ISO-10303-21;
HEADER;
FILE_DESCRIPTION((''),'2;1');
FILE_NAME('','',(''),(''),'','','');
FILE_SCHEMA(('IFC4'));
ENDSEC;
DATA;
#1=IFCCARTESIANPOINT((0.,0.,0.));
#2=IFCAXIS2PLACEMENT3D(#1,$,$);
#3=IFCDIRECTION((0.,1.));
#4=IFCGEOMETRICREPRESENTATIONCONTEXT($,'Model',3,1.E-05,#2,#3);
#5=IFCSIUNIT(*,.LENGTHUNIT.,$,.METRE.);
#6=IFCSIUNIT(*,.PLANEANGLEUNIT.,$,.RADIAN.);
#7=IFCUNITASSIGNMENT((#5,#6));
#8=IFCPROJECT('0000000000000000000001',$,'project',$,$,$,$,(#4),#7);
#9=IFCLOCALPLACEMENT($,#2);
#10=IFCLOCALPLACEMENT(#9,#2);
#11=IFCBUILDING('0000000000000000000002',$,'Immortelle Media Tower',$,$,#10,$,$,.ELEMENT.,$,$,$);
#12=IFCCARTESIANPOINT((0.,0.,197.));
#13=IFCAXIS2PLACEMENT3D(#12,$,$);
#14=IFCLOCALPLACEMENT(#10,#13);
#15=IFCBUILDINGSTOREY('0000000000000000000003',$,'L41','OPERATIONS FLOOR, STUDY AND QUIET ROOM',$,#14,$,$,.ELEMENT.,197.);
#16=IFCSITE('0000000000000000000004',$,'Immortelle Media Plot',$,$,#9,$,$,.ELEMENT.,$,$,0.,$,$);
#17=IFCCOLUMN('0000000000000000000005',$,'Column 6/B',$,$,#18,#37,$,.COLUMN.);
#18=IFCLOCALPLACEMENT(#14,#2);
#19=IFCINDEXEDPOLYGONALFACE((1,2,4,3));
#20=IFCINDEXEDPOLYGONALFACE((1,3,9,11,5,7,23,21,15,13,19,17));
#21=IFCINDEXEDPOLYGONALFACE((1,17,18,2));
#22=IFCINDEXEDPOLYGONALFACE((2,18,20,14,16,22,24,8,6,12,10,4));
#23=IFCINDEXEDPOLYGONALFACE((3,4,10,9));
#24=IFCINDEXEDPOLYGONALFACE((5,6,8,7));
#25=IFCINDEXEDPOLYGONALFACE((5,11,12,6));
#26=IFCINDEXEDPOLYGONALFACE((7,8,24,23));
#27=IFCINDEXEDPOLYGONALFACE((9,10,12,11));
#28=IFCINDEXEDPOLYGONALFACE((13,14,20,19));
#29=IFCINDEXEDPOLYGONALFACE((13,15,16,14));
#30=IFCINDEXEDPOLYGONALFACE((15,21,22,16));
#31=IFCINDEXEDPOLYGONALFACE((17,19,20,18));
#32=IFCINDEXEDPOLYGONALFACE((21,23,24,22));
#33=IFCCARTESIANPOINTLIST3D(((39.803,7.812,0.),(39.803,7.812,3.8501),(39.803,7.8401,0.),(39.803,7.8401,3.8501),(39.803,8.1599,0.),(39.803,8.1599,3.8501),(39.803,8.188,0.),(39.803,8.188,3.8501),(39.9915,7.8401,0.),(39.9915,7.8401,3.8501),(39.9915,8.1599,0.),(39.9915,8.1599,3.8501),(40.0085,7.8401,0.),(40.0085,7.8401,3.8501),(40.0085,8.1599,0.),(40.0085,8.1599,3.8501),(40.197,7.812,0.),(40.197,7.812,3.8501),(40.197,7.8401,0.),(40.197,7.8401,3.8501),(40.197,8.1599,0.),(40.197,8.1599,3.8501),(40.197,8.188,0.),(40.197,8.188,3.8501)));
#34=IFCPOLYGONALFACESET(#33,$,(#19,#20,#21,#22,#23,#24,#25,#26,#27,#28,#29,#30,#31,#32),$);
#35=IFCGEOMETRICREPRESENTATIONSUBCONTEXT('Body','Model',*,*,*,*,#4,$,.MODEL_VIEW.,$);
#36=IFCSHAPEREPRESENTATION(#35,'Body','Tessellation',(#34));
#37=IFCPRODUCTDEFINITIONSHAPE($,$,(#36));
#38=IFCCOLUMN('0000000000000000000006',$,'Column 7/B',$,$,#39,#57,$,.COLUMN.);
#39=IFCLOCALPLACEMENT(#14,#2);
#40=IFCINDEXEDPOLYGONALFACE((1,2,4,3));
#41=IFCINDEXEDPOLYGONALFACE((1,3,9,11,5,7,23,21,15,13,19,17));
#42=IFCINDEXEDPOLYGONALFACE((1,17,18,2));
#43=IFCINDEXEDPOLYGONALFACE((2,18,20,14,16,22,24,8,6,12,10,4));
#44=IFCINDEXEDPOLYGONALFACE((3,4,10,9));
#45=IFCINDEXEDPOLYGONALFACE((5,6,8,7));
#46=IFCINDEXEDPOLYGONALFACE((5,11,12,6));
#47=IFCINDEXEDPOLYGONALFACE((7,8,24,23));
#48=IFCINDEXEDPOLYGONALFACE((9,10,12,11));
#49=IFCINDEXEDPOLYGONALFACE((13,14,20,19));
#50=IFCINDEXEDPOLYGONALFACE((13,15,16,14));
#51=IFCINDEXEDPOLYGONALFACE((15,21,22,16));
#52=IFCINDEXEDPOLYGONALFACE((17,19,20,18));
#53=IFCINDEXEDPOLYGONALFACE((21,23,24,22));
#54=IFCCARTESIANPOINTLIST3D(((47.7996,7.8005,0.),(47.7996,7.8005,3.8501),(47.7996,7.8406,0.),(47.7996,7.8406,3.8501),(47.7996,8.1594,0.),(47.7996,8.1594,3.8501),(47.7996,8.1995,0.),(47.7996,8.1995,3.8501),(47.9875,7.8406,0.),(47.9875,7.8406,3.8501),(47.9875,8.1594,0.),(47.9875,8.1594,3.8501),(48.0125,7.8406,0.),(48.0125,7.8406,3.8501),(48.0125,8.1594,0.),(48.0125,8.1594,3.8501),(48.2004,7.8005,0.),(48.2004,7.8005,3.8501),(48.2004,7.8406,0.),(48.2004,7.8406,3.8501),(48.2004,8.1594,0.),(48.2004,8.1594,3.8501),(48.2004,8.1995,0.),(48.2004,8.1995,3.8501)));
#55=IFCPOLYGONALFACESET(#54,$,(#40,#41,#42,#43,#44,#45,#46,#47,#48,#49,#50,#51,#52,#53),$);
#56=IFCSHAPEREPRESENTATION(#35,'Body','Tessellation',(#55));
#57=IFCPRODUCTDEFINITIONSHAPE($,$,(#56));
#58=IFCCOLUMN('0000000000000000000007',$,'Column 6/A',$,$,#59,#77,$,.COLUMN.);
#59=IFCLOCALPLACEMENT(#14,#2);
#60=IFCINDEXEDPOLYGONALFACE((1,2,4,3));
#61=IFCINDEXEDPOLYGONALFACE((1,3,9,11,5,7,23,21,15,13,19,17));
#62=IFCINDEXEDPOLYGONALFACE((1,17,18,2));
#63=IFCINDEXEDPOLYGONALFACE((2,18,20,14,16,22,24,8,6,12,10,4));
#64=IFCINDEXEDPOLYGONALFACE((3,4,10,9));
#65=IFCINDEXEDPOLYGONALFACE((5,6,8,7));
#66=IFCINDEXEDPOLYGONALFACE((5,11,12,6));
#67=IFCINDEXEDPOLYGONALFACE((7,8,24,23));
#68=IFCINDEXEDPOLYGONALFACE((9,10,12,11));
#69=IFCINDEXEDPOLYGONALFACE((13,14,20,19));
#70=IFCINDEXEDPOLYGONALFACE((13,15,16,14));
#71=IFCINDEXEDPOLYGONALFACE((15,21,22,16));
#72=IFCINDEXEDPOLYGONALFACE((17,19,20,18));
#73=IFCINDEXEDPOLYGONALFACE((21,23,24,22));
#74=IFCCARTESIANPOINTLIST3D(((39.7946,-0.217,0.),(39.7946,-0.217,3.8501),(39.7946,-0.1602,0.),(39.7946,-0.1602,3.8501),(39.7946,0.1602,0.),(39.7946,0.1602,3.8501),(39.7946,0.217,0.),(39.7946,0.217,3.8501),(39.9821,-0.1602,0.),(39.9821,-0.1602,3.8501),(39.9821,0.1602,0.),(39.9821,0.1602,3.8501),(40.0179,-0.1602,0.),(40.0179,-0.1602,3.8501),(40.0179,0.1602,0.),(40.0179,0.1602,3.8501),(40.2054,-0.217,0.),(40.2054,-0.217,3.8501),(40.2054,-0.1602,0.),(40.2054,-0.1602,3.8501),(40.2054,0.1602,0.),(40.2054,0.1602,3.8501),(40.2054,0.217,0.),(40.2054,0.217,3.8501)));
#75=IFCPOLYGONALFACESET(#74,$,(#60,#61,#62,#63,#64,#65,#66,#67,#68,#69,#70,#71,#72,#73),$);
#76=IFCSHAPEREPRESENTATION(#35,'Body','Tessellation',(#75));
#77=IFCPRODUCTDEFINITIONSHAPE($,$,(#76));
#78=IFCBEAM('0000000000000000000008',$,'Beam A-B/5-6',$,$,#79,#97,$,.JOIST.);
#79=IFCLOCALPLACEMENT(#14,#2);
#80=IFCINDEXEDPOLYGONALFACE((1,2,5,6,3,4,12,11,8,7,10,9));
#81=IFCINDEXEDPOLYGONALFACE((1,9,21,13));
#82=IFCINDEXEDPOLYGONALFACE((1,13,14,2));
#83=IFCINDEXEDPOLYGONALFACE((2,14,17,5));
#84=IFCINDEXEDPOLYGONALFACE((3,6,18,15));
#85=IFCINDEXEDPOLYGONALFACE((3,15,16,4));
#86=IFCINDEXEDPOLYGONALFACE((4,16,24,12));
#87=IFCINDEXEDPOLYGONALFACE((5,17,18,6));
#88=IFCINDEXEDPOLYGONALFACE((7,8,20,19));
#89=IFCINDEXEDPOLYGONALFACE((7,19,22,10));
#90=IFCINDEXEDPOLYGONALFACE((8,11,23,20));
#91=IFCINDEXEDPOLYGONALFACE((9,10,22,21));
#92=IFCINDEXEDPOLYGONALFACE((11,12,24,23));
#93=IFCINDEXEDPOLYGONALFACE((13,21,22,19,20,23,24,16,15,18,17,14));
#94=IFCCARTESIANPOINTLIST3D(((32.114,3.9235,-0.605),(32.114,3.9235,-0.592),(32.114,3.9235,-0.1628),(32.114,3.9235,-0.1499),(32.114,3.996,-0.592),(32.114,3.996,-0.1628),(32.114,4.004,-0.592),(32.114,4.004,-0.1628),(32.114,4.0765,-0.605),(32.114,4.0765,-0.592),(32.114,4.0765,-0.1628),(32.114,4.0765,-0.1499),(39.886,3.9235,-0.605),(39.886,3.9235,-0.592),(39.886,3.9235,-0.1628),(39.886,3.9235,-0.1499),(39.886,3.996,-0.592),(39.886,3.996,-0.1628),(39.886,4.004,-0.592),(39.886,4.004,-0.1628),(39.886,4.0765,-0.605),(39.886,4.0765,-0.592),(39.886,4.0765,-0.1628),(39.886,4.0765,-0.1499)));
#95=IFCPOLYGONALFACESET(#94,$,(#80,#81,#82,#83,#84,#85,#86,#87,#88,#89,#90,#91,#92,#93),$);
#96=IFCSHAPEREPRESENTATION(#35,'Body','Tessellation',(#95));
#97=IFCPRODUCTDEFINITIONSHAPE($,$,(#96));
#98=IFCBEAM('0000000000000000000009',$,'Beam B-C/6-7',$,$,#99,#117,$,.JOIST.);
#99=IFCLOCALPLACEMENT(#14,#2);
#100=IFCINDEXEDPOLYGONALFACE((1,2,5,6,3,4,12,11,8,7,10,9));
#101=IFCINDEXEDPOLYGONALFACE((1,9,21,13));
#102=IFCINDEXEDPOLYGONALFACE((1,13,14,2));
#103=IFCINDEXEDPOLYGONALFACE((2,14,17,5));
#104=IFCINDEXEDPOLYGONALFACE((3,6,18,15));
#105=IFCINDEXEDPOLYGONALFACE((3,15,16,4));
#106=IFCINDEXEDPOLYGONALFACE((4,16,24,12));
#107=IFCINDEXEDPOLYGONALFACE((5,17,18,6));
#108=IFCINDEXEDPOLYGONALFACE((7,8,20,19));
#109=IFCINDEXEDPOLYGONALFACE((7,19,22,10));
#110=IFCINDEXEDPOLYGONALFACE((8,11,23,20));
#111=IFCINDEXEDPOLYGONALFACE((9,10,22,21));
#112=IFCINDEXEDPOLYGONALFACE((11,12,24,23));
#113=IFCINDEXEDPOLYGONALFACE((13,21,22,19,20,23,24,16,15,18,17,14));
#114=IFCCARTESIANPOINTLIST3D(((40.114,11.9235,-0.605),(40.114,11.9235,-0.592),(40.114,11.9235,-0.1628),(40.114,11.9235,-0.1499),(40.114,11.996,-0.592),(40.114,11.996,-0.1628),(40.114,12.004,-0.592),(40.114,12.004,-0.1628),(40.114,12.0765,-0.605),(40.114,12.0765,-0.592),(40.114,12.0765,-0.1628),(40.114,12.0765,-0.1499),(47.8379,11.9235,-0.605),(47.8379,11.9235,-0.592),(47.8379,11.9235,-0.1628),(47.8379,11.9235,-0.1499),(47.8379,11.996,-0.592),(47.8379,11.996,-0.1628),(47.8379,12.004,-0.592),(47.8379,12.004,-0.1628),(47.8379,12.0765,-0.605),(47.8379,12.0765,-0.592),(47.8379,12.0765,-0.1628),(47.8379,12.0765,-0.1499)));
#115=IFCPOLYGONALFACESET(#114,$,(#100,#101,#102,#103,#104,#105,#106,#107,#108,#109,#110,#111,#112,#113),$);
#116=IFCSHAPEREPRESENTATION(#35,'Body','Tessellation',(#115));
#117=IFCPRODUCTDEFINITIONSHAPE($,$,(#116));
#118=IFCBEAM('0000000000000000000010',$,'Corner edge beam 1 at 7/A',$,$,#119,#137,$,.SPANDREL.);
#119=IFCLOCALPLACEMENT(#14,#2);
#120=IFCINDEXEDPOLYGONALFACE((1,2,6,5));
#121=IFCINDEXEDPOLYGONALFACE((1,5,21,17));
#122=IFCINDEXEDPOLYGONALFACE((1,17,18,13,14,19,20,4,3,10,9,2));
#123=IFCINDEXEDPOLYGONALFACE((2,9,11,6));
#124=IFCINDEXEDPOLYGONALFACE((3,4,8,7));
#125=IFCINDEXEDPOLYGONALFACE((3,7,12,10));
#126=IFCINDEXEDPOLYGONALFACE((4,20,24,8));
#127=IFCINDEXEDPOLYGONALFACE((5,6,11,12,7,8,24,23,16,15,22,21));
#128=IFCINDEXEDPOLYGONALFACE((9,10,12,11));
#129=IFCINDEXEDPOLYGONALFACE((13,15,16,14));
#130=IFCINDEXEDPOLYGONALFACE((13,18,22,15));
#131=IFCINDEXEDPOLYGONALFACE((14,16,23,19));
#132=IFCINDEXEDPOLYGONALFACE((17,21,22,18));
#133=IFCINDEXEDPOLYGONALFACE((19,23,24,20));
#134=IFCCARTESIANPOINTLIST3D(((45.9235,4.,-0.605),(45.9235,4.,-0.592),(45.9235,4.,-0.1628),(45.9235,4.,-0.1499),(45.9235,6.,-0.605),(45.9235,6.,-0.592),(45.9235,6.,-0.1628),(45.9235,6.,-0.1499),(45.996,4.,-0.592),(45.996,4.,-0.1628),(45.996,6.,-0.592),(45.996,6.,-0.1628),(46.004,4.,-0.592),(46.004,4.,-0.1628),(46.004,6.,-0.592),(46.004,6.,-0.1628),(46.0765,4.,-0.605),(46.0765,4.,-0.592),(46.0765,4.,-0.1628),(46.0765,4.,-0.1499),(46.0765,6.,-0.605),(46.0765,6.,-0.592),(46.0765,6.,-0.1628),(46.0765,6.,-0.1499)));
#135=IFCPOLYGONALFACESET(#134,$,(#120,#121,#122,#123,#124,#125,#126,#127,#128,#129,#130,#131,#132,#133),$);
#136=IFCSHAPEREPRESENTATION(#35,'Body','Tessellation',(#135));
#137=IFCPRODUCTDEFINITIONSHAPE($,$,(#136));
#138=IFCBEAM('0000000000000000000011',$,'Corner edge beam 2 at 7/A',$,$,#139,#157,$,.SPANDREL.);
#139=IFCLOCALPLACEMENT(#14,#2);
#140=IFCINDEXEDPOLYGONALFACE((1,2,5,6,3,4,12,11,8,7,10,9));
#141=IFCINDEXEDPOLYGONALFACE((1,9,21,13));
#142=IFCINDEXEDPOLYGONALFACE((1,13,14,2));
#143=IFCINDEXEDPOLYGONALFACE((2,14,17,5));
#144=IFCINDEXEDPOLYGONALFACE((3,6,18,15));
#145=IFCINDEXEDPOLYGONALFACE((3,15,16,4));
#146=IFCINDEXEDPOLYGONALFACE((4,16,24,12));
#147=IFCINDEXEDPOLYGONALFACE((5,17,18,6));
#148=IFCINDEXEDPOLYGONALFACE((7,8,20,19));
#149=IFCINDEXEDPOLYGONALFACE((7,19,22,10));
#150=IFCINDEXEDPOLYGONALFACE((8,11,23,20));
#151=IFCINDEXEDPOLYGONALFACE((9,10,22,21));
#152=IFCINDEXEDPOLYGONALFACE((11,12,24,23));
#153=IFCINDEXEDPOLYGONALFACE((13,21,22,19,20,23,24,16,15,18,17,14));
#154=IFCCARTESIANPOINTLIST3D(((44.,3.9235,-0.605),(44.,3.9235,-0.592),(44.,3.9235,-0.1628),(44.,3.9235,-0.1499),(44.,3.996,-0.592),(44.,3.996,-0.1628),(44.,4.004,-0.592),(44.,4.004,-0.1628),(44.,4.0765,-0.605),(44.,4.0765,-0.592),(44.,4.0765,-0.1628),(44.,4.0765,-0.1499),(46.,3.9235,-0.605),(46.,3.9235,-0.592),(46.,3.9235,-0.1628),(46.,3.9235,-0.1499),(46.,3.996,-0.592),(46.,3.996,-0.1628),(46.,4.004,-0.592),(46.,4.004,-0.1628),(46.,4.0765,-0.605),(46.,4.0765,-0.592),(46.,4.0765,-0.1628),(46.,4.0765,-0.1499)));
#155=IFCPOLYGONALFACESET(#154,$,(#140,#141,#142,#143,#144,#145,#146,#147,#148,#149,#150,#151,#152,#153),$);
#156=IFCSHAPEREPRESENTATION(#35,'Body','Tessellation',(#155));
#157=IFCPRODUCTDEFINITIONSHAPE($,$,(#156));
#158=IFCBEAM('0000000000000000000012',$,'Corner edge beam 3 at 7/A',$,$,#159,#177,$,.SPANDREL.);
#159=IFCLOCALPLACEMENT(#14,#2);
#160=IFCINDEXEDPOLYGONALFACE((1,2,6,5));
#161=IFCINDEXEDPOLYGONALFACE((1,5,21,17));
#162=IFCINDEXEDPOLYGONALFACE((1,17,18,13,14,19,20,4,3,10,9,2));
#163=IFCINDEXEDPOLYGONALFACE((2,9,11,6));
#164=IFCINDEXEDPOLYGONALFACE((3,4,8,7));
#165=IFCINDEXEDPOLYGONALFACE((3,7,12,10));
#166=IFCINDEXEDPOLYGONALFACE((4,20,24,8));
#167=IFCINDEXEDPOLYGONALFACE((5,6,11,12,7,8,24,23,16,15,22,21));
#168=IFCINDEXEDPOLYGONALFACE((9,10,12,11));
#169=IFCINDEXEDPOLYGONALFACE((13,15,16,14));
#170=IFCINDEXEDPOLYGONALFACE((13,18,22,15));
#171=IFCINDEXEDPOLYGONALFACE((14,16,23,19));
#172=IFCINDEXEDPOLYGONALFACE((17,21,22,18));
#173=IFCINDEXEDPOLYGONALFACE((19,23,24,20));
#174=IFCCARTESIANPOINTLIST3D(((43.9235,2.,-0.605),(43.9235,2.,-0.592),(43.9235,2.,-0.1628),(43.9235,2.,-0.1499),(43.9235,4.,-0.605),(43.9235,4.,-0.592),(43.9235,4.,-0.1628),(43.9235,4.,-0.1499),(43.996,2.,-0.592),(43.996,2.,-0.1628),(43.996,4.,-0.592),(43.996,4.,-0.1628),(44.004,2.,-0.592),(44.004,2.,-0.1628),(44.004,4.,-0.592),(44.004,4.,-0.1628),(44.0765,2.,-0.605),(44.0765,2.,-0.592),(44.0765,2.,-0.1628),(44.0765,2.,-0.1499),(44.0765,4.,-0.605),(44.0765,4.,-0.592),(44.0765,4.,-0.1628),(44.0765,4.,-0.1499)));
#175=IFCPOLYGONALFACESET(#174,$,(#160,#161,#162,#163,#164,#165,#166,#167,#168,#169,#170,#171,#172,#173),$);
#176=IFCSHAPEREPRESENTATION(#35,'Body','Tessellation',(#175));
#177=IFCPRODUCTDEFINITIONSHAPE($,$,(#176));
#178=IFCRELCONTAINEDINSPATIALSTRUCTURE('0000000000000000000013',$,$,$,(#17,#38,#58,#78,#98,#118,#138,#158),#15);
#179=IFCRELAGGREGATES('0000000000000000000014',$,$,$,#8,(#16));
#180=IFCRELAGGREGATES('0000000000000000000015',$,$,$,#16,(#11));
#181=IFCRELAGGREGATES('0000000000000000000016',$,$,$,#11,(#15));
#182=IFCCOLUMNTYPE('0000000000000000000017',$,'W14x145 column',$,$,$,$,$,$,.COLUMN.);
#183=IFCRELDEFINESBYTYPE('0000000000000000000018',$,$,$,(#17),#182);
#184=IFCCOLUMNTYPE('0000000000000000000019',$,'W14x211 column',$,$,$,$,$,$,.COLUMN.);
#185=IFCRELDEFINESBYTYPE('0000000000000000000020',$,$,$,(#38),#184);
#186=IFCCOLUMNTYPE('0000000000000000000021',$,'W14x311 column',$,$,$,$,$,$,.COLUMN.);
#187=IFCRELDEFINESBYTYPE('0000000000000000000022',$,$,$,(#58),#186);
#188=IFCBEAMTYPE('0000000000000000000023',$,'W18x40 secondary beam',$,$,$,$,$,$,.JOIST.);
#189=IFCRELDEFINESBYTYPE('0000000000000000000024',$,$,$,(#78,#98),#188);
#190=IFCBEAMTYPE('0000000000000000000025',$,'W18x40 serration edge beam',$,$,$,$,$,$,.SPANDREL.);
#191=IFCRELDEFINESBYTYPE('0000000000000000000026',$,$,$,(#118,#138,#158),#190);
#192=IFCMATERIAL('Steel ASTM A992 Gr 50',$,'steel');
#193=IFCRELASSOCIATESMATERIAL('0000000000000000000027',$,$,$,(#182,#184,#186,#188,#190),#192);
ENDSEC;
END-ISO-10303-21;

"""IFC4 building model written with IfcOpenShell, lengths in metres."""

from ifc_helpers import new_model, si_unit, direction, frame, origin, origin_2d, place, context, subcontext, project, spatial, i_section, extrude, material, material_profile, profile_set, type_object, element, save


model = new_model("IFC4")

# Units and contexts
model_context = context("Model", 3, precision=1e-05, world=origin(), true_north=direction((0.0, 1.0)))
body_context = subcontext(model_context, "Body", "Model", "MODEL_VIEW")
ifc_project = project(units=[si_unit("LENGTHUNIT", "METRE"), si_unit("PLANEANGLEUNIT", "RADIAN")], contexts=[model_context])

# Site, building, storey
site_placement = place(None, origin())
site = spatial("IfcSite", under=ifc_project, at=site_placement, Name="Immortelle Media Plot", CompositionType="ELEMENT", RefElevation=0.0)
building_placement = place(site_placement, origin())
building = spatial("IfcBuilding", under=site, at=building_placement, Name="Immortelle Media Tower", CompositionType="ELEMENT")
storey_placement = place(building_placement, frame((0.0, 0.0, 197.0)))
storey = spatial("IfcBuildingStorey", under=building, at=storey_placement, Name="L41", Description="OPERATIONS FLOOR, STUDY AND QUIET ROOM", CompositionType="ELEMENT", Elevation=197.0)

# Columns
ifc_material_1 = material(Name="Steel ASTM A992 Gr 50", Category="steel")
ifc_material_profile_1 = material_profile(ifc_material_1, i_section(OverallWidth=0.394, OverallDepth=0.376, WebThickness=0.0171, FlangeThickness=0.0281, at=origin_2d()), Name="W14x145")
ifc_profile_set_1 = profile_set([ifc_material_profile_1], Name="Steel ASTM A992 Gr 50")
column_type_1 = type_object("IfcColumnType", Name="W14x145 column", PredefinedType="COLUMN", material=ifc_profile_set_1)
column_1_placement = place(storey_placement, frame((40.0, 8.0, 0.0), z_axis=(0.0, 0.0, 1.0), x_axis=(1.0, 0.0, 0.0)))
element("IfcColumn", 1, at=column_1_placement, inside=storey, type_object=column_type_1, Name="Column 6/B", PredefinedType="COLUMN", context=body_context, shape_type="SweptSolid", body=[
    extrude(i_section(OverallWidth=0.394, OverallDepth=0.376, WebThickness=0.0171, FlangeThickness=0.0281, at=origin_2d()), origin(), (0.0, 0.0, 1.0), 3.8501),
])
ifc_material_profile_2 = material_profile(ifc_material_1, i_section(OverallWidth=0.4009, OverallDepth=0.3989, WebThickness=0.0249, FlangeThickness=0.04, at=origin_2d()), Name="W14x211")
ifc_profile_set_2 = profile_set([ifc_material_profile_2], Name="Steel ASTM A992 Gr 50")
column_type_2 = type_object("IfcColumnType", Name="W14x211 column", PredefinedType="COLUMN", material=ifc_profile_set_2)
column_2_placement = place(storey_placement, frame((48.0, 8.0, 0.0), z_axis=(0.0, 0.0, 1.0), x_axis=(1.0, 0.0, 0.0)))
element("IfcColumn", 2, at=column_2_placement, inside=storey, type_object=column_type_2, Name="Column 7/B", PredefinedType="COLUMN", context=body_context, shape_type="SweptSolid", body=[
    extrude(i_section(OverallWidth=0.4009, OverallDepth=0.3989, WebThickness=0.0249, FlangeThickness=0.04, at=origin_2d()), origin(), (0.0, 0.0, 1.0), 3.8501),
])
ifc_material_profile_3 = material_profile(ifc_material_1, i_section(OverallWidth=0.4109, OverallDepth=0.4341, WebThickness=0.0359, FlangeThickness=0.0569, at=origin_2d()), Name="W14x311")
ifc_profile_set_3 = profile_set([ifc_material_profile_3], Name="Steel ASTM A992 Gr 50")
column_type_3 = type_object("IfcColumnType", Name="W14x311 column", PredefinedType="COLUMN", material=ifc_profile_set_3)
column_3_placement = place(storey_placement, frame((40.0, 0.0, 0.0), z_axis=(0.0, 0.0, 1.0), x_axis=(1.0, 0.0, 0.0)))
element("IfcColumn", 3, at=column_3_placement, inside=storey, type_object=column_type_3, Name="Column 6/A", PredefinedType="COLUMN", context=body_context, shape_type="SweptSolid", body=[
    extrude(i_section(OverallWidth=0.4109, OverallDepth=0.4341, WebThickness=0.0359, FlangeThickness=0.0569, at=origin_2d()), origin(), (0.0, 0.0, 1.0), 3.8501),
])

# Beams
ifc_material_profile_4 = material_profile(ifc_material_1, i_section(OverallWidth=0.1531, OverallDepth=0.4551, WebThickness=0.0081, FlangeThickness=0.0129, at=origin_2d()), Name="W18x40")
ifc_profile_set_4 = profile_set([ifc_material_profile_4], Name="Steel ASTM A992 Gr 50")
beam_type_1 = type_object("IfcBeamType", Name="W18x40 secondary beam", PredefinedType="JOIST", material=ifc_profile_set_4)
beam_1_placement = place(storey_placement, frame((32.114, 4.0, -0.3774), z_axis=(1.0, 0.0, 0.0), x_axis=(0.0, 1.0, 0.0)))
element("IfcBeam", 4, at=beam_1_placement, inside=storey, type_object=beam_type_1, Name="Beam A-B/5-6", PredefinedType="JOIST", context=body_context, shape_type="SweptSolid", body=[
    extrude(i_section(OverallWidth=0.1531, OverallDepth=0.4551, WebThickness=0.0081, FlangeThickness=0.0129, at=origin_2d()), origin(), (0.0, 0.0, 1.0), 7.772),
])
beam_2_placement = place(storey_placement, frame((40.114, 12.0, -0.3774), z_axis=(1.0, 0.0, 0.0), x_axis=(0.0, 1.0, 0.0)))
element("IfcBeam", 5, at=beam_2_placement, inside=storey, type_object=beam_type_1, Name="Beam B-C/6-7", PredefinedType="JOIST", context=body_context, shape_type="SweptSolid", body=[
    extrude(i_section(OverallWidth=0.1531, OverallDepth=0.4551, WebThickness=0.0081, FlangeThickness=0.0129, at=origin_2d()), origin(), (0.0, 0.0, 1.0), 7.7239),
])
ifc_material_profile_5 = material_profile(ifc_material_1, i_section(OverallWidth=0.1531, OverallDepth=0.4551, WebThickness=0.0081, FlangeThickness=0.0129, at=origin_2d()), Name="W18x40")
ifc_profile_set_5 = profile_set([ifc_material_profile_5], Name="Steel ASTM A992 Gr 50")
beam_type_2 = type_object("IfcBeamType", Name="W18x40 serration edge beam", PredefinedType="SPANDREL", material=ifc_profile_set_5)
for number, where, z_axis, x_axis, name in (
    (6, (46.0, 6.0, -0.3774), (0.0, -1.0, 0.0), (1.0, 0.0, 0.0), "Corner edge beam 1 at 7/A"),
    (7, (46.0, 4.0, -0.3774), (-1.0, 0.0, 0.0), (0.0, -1.0, 0.0), "Corner edge beam 2 at 7/A"),
    (8, (44.0, 4.0, -0.3774), (0.0, -1.0, 0.0), (1.0, 0.0, 0.0), "Corner edge beam 3 at 7/A"),
):
    element("IfcBeam", number, at=place(storey_placement, frame(where, z_axis=z_axis, x_axis=x_axis)), inside=storey, type_object=beam_type_2, Name=name, PredefinedType="SPANDREL", context=body_context, shape_type="SweptSolid", body=[
        extrude(i_section(OverallWidth=0.1531, OverallDepth=0.4551, WebThickness=0.0081, FlangeThickness=0.0129, at=origin_2d()), origin(), (0.0, 0.0, 1.0), 2.0),
    ])

save(model, "model.ifc")
